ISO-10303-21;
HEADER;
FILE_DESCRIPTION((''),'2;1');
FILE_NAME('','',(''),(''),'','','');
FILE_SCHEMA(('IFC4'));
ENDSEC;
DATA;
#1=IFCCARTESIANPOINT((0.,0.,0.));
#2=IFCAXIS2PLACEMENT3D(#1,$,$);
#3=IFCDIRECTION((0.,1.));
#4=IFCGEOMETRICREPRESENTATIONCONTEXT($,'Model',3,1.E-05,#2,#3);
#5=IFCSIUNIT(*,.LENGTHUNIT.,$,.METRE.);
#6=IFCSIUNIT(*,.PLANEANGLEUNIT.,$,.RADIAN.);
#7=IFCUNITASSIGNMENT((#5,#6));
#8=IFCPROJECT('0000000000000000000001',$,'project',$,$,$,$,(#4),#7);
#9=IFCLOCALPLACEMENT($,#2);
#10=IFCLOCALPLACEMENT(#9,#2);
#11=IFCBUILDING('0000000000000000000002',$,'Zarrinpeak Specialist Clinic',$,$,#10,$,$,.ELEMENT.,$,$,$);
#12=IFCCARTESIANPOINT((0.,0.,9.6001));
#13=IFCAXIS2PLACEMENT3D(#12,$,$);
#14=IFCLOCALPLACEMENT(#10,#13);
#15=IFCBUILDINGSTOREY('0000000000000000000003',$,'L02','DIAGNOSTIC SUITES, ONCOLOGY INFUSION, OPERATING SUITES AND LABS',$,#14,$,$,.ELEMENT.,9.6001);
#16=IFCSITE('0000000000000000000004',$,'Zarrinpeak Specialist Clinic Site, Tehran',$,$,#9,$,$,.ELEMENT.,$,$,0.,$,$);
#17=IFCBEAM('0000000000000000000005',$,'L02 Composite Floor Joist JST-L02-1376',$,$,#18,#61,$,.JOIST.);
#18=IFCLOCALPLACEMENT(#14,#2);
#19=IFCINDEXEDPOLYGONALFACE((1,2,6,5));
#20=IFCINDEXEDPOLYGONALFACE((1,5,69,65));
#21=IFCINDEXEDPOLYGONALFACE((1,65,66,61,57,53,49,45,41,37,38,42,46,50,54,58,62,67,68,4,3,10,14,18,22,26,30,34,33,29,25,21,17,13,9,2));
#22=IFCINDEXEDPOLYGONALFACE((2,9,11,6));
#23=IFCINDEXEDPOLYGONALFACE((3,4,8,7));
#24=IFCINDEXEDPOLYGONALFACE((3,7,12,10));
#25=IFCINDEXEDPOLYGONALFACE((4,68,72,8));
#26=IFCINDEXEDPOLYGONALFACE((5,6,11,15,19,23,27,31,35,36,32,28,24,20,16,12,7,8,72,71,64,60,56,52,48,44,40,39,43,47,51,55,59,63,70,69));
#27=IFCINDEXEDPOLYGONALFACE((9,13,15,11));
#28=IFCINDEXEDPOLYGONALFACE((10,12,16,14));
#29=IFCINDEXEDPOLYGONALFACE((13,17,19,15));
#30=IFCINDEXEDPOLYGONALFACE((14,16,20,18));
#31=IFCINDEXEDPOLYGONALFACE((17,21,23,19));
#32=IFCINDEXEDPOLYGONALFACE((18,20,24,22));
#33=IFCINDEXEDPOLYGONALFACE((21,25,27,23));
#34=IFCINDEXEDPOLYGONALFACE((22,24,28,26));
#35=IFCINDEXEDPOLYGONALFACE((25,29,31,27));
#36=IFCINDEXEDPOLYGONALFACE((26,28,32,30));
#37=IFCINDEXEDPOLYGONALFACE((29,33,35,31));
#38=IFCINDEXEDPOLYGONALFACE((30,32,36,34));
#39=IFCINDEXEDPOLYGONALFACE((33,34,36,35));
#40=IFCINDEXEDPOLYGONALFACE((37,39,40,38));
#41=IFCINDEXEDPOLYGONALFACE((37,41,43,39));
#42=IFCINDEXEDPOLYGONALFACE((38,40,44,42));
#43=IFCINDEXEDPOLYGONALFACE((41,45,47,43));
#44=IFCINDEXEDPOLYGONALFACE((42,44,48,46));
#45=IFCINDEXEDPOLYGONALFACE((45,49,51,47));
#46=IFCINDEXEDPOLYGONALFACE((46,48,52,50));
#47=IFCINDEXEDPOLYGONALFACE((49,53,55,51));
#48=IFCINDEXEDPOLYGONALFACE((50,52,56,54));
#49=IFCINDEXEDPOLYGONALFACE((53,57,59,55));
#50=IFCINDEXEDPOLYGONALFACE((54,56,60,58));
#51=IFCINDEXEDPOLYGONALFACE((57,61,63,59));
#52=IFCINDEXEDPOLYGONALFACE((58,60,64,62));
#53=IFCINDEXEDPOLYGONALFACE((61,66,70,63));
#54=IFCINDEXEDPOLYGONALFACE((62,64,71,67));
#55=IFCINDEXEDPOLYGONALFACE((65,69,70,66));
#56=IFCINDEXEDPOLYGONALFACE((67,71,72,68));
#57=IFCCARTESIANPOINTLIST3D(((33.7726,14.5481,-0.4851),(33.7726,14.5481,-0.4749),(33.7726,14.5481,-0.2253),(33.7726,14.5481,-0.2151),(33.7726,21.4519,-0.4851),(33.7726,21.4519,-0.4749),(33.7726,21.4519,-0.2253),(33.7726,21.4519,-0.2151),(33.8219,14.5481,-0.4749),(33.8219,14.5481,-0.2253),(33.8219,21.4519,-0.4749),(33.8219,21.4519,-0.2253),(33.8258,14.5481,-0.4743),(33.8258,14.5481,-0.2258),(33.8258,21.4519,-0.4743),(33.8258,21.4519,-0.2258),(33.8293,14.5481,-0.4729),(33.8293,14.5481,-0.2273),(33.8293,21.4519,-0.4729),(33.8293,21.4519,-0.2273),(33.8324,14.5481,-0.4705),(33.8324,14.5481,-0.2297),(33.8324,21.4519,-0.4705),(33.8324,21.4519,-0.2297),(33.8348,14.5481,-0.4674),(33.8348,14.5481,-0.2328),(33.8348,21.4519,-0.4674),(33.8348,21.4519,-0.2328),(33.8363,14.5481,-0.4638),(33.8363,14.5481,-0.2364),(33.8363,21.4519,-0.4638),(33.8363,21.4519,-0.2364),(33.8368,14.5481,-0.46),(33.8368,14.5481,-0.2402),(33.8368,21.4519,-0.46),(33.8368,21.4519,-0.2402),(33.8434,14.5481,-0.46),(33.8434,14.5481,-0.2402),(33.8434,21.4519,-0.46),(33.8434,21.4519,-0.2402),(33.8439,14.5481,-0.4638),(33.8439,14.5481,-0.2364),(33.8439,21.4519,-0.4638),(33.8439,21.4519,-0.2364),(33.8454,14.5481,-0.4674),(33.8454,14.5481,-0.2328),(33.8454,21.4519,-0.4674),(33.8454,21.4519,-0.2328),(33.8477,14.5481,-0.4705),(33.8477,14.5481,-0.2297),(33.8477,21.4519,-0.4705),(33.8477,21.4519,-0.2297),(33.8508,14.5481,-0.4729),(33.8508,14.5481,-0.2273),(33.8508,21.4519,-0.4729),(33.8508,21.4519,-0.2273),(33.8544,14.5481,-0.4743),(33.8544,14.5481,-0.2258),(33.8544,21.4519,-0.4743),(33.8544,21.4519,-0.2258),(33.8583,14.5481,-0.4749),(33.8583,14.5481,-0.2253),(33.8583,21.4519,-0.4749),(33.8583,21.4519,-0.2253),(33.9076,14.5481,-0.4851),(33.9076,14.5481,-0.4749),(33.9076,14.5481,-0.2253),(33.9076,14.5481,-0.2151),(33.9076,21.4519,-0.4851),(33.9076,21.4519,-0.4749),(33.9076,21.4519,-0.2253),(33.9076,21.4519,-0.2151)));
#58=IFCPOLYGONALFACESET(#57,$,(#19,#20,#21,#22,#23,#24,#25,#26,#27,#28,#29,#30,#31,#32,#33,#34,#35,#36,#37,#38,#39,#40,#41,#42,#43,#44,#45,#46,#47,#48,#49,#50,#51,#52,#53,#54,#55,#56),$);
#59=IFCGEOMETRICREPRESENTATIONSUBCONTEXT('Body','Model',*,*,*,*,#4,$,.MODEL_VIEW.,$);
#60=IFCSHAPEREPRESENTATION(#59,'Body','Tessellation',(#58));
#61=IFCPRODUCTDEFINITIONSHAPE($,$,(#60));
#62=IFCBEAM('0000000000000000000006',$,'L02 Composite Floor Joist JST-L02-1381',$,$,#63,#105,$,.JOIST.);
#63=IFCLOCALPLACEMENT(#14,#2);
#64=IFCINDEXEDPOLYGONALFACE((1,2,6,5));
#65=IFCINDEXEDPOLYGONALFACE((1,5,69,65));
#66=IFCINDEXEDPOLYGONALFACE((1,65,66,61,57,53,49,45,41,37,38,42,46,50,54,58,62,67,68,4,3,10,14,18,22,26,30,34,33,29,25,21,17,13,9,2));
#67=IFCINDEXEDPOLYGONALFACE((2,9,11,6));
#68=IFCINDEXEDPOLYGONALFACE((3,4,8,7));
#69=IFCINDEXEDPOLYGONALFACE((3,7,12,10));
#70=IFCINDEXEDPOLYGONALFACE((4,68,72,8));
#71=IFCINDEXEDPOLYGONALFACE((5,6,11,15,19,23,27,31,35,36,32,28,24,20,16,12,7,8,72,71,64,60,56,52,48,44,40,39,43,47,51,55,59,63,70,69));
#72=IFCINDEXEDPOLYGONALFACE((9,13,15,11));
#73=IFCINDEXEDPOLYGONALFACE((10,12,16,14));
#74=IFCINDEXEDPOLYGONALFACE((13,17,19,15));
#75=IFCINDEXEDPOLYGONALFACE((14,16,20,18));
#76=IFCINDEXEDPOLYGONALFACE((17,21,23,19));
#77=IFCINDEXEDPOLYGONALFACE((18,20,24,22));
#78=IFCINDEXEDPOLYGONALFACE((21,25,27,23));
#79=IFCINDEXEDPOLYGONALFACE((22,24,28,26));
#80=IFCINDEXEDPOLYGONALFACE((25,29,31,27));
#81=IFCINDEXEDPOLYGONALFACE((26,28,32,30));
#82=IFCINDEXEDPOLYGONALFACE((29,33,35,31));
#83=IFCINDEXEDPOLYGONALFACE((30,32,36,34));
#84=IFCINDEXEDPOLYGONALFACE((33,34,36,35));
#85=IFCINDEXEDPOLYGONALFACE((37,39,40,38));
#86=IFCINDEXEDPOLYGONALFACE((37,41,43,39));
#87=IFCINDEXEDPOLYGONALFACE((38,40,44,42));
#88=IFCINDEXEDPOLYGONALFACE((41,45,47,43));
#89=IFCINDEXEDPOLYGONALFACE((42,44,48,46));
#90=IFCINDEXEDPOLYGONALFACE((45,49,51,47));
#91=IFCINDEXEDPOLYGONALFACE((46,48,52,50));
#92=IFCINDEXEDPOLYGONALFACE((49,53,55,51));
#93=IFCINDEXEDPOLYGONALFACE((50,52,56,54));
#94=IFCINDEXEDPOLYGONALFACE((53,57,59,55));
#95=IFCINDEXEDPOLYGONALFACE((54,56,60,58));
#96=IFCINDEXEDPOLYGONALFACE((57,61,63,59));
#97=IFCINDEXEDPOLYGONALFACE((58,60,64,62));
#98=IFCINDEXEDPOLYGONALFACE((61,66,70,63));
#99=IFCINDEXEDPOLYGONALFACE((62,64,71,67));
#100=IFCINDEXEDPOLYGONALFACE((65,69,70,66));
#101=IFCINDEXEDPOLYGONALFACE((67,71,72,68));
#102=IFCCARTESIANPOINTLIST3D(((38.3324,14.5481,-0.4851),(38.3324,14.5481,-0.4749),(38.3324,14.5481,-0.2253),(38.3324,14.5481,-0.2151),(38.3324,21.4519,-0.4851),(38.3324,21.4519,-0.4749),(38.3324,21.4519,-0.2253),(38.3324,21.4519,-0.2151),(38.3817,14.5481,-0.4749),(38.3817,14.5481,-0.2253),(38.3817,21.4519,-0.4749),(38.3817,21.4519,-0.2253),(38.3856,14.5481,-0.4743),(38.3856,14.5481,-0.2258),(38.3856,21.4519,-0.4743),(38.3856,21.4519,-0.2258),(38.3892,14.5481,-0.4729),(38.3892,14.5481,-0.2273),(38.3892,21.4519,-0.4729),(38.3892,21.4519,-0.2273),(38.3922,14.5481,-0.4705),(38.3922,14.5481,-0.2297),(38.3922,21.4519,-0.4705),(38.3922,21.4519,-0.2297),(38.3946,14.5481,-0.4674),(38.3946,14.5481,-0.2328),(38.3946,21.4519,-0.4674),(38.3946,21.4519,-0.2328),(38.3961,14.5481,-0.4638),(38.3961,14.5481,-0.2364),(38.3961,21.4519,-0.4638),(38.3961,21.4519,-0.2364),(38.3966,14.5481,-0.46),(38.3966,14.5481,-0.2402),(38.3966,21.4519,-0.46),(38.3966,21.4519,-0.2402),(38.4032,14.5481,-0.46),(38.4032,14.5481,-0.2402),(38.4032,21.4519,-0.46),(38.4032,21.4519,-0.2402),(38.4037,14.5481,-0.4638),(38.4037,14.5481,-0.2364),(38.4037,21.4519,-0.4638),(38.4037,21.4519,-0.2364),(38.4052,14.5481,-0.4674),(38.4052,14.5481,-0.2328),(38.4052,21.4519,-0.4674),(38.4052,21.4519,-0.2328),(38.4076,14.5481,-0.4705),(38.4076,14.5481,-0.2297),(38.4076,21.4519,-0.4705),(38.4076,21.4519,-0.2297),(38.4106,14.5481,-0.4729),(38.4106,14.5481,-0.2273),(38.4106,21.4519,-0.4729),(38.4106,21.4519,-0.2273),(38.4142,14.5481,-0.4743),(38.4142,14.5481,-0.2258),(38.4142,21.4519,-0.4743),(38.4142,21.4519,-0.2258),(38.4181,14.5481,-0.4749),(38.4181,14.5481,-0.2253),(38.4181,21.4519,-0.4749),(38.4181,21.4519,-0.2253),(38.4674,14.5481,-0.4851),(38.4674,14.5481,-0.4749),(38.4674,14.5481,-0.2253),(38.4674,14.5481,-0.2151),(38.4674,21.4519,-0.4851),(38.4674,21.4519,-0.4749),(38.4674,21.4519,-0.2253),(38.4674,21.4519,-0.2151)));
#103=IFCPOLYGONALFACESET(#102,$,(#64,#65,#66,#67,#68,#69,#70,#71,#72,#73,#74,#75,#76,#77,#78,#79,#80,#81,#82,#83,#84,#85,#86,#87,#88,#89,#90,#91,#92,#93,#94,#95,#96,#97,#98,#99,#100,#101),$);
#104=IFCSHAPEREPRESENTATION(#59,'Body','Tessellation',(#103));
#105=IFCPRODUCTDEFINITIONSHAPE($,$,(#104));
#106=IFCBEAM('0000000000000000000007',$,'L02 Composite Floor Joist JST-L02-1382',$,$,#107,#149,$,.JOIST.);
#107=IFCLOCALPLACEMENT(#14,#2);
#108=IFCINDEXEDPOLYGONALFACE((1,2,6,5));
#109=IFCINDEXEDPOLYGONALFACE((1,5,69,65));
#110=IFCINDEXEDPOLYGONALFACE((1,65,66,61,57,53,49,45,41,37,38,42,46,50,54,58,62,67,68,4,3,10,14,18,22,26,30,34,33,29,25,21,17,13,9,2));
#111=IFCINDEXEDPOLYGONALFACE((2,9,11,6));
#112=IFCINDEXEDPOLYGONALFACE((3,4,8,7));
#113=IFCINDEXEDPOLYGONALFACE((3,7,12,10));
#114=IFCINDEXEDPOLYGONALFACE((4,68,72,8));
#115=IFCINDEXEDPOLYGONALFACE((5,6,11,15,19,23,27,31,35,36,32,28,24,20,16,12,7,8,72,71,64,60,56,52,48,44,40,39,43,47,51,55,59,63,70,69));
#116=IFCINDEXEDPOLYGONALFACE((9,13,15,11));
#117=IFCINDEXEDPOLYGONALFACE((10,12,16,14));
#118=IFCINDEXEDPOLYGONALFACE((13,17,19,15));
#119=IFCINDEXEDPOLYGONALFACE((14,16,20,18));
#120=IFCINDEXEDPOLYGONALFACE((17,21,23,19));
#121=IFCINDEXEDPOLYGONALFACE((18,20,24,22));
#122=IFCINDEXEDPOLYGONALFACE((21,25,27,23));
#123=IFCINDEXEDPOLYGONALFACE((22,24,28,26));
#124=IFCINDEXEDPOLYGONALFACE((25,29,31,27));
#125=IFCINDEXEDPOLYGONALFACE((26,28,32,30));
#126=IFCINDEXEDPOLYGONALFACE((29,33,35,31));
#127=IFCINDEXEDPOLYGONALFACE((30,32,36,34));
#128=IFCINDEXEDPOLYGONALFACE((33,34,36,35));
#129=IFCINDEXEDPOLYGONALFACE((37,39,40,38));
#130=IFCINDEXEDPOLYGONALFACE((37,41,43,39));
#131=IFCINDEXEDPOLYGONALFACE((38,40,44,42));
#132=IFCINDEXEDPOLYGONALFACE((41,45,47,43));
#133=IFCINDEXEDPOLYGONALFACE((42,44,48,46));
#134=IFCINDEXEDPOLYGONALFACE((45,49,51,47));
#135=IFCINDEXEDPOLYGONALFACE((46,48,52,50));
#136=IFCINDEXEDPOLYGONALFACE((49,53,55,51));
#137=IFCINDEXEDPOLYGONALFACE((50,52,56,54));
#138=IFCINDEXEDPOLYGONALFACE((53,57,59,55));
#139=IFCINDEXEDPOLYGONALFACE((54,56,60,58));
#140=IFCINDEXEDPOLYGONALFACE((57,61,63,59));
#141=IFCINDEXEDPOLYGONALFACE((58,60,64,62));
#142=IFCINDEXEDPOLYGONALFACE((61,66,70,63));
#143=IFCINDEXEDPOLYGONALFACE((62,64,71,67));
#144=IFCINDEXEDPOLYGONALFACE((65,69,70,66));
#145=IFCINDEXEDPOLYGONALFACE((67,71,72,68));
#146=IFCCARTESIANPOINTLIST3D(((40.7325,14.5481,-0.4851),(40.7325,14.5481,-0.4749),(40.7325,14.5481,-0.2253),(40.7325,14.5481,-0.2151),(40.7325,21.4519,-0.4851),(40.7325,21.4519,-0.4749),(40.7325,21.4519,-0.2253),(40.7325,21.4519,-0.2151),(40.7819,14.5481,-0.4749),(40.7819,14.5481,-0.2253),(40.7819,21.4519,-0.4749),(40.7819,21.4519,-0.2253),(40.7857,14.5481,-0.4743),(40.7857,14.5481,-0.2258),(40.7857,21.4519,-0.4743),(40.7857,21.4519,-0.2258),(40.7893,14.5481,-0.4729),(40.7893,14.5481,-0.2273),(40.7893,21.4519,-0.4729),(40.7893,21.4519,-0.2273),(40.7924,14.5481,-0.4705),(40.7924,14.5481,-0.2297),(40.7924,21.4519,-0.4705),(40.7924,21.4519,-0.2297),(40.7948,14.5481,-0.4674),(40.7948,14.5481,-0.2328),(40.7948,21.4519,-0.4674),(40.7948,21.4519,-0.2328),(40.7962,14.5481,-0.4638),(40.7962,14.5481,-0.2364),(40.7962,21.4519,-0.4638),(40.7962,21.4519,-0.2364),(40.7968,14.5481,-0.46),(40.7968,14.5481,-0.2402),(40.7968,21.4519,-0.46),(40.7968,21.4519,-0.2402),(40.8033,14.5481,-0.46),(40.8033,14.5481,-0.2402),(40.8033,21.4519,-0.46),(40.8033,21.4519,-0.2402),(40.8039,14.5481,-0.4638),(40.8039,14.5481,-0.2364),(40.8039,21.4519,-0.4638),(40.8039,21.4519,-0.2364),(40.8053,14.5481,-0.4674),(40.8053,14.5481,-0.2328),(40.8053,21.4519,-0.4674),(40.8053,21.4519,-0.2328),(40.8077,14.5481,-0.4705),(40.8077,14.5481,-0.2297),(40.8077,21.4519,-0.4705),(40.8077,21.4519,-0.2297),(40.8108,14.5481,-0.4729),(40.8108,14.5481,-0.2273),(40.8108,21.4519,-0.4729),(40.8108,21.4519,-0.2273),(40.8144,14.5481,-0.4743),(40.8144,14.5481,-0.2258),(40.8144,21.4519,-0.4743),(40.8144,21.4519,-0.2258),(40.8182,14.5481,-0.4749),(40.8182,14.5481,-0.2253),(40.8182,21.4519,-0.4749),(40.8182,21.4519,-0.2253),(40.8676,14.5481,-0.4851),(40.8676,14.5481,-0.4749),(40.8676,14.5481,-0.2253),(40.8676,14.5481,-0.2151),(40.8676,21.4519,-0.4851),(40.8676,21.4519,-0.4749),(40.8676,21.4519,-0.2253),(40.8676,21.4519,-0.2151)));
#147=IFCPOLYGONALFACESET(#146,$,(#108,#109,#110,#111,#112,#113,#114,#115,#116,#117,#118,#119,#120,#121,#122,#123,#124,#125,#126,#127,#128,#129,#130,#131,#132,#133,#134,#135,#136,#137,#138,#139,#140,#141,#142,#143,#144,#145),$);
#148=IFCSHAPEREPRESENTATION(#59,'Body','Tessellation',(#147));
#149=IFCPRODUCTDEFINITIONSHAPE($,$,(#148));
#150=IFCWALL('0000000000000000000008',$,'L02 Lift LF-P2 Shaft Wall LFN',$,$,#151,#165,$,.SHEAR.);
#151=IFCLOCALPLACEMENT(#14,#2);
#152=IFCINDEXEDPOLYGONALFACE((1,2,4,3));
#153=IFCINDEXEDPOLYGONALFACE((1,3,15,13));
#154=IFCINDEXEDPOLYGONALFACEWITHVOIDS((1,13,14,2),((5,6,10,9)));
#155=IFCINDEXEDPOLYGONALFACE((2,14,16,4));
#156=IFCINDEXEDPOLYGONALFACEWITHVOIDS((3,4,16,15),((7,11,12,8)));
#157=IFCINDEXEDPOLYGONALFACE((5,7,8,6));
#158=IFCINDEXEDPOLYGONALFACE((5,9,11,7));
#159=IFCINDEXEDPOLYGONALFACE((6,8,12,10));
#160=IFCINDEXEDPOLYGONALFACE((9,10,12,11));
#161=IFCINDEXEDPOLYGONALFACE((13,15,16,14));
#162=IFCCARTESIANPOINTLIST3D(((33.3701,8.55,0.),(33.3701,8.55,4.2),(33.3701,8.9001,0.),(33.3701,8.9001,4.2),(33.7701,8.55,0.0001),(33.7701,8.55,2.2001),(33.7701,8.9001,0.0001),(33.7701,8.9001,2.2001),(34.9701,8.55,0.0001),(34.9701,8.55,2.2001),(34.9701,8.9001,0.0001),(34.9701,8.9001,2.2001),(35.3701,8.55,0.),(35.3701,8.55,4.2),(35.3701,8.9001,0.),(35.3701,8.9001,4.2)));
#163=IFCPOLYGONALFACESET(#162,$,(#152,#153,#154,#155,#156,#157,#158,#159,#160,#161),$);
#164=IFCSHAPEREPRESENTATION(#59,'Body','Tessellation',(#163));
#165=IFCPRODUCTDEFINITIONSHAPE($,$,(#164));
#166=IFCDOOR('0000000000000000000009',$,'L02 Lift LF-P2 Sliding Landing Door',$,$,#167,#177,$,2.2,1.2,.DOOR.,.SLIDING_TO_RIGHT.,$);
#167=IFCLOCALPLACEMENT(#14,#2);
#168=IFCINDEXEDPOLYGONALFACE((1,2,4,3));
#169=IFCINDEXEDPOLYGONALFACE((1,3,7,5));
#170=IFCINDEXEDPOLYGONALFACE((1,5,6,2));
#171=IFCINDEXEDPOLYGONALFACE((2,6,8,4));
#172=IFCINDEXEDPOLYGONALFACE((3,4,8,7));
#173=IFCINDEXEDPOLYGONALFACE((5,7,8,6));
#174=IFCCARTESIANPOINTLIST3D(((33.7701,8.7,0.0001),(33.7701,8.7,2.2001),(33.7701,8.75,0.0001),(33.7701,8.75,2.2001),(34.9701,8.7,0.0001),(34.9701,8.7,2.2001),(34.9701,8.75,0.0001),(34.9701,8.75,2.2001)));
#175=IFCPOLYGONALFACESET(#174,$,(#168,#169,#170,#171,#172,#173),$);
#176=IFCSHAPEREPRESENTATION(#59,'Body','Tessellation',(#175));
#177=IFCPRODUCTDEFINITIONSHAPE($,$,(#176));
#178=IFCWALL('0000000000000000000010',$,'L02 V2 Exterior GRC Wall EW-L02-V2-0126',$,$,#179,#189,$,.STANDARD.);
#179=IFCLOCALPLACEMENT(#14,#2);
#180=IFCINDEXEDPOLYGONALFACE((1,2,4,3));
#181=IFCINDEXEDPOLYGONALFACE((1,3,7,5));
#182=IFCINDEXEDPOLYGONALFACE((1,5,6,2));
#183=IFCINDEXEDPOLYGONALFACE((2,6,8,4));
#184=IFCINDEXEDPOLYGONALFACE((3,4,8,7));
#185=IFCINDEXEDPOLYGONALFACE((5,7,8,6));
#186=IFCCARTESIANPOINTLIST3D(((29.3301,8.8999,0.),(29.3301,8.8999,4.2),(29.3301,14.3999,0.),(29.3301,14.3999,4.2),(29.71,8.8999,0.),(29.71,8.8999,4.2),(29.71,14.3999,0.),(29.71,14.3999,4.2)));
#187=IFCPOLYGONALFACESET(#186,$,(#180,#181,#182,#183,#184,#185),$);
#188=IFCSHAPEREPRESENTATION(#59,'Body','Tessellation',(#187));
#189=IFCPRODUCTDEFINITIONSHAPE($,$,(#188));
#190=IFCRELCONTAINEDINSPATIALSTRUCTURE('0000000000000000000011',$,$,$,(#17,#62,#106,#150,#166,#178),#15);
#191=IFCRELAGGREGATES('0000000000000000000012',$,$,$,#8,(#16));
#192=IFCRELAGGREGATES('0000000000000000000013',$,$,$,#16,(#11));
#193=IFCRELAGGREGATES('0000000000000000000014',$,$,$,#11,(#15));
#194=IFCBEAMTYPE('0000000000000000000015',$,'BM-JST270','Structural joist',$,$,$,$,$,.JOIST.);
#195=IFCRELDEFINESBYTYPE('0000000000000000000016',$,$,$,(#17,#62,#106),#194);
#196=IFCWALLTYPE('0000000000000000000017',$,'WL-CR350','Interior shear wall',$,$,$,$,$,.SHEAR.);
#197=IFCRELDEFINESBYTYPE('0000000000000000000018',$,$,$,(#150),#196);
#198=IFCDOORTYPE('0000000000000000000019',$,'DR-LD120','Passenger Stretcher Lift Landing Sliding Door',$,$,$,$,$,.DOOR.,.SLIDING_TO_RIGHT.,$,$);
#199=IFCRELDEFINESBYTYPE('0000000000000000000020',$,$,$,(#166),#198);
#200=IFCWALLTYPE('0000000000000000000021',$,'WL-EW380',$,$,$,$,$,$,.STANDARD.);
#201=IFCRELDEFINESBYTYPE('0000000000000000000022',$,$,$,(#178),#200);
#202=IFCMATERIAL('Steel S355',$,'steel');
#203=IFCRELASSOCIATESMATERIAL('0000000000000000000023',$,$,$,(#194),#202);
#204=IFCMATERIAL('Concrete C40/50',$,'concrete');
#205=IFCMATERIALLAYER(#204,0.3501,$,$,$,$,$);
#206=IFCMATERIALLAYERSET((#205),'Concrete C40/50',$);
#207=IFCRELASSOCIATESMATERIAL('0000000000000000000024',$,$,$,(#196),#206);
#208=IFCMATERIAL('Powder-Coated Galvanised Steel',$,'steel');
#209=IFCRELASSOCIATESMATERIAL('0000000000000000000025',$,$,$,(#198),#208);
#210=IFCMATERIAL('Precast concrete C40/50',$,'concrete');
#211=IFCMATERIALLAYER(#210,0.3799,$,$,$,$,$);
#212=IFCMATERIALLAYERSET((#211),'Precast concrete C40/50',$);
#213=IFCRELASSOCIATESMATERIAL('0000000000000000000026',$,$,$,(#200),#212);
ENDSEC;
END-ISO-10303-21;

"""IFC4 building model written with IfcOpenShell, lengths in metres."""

from ifc_helpers import new_model, si_unit, direction, frame, frame_2d, origin, origin_2d, place, context, subcontext, project, spatial, rectangle, i_section, extrude, material, layer, layer_set, material_profile, profile_set, type_object, element, fill, save


model = new_model("IFC4")

# Units and contexts
model_context = context("Model", 3, precision=1e-05, world=origin(), true_north=direction((0.0, 1.0)))
body_context = subcontext(model_context, "Body", "Model", "MODEL_VIEW")
ifc_project = project(units=[si_unit("LENGTHUNIT", "METRE"), si_unit("PLANEANGLEUNIT", "RADIAN")], contexts=[model_context])

# Site, building, storey
site_placement = place(None, origin())
site = spatial("IfcSite", under=ifc_project, at=site_placement, Name="Zarrinpeak Specialist Clinic Site, Tehran", CompositionType="ELEMENT", RefElevation=0.0)
building_placement = place(site_placement, origin())
building = spatial("IfcBuilding", under=site, at=building_placement, Name="Zarrinpeak Specialist Clinic", CompositionType="ELEMENT")
storey_placement = place(building_placement, frame((0.0, 0.0, 9.6001)))
storey = spatial("IfcBuildingStorey", under=building, at=storey_placement, Name="L02", Description="DIAGNOSTIC SUITES, ONCOLOGY INFUSION, OPERATING SUITES AND LABS", CompositionType="ELEMENT", Elevation=9.6001)

# Shared definitions
ifc_material_1 = material(Name="Steel S355", Category="steel")

# Beams
ifc_material_profile_1 = material_profile(ifc_material_1, i_section(OverallWidth=0.135, OverallDepth=0.27, WebThickness=0.0066, FlangeThickness=0.0103, FilletRadius=0.0149, at=origin_2d()), Name="IPE 270")
ifc_profile_set_1 = profile_set([ifc_material_profile_1], Name="Steel S355")
beam_type_1 = type_object("IfcBeamType", Name="BM-JST270", Description="Structural joist", PredefinedType="JOIST", material=ifc_profile_set_1)
for number, where, z_axis, x_axis, name in (
    (1, (33.8401, 14.5481, -0.3501), (0.0, 1.0, 0.0), (-1.0, 0.0, 0.0), "L02 Composite Floor Joist JST-L02-1376"),
    (2, (38.3999, 14.5481, -0.3501), (0.0, 1.0, 0.0), (-1.0, 0.0, 0.0), "L02 Composite Floor Joist JST-L02-1381"),
    (3, (40.8, 14.5481, -0.3501), (0.0, 1.0, 0.0), (-1.0, 0.0, 0.0), "L02 Composite Floor Joist JST-L02-1382"),
):
    element("IfcBeam", number, at=place(storey_placement, frame(where, z_axis=z_axis, x_axis=x_axis)), inside=storey, type_object=beam_type_1, Name=name, PredefinedType="JOIST", context=body_context, shape_type="SweptSolid", body=[
        extrude(i_section(OverallWidth=0.135, OverallDepth=0.27, WebThickness=0.0066, FlangeThickness=0.0103, FilletRadius=0.0149, at=origin_2d()), origin(), (0.0, 0.0, 1.0), 6.9038),
    ])

# Wall, opening, door
ifc_material_2 = material(Name="Concrete C40/50", Category="concrete")
ifc_layer_1 = layer(ifc_material_2, 0.3501)
ifc_layer_set_1 = layer_set([ifc_layer_1], Name="Concrete C40/50")
wall_type_1 = type_object("IfcWallType", Name="WL-CR350", Description="Interior shear wall", PredefinedType="SHEAR", material=ifc_layer_set_1)
wall_1_placement = place(storey_placement, frame((33.3701, 8.7251, 0.0), z_axis=(0.0, 0.0, 1.0), x_axis=(1.0, 0.0, 0.0)))
wall_1 = element("IfcWall", 4, at=wall_1_placement, inside=storey, type_object=wall_type_1, Name="L02 Lift LF-P2 Shaft Wall LFN", PredefinedType="SHEAR", context=body_context, shape_type="SweptSolid", body=[
    extrude(rectangle(XDim=2.0, YDim=0.3501, at=frame_2d((1.0, 0.0))), origin(), (0.0, 0.0, 1.0), 4.2),
])
opening_1_placement = place(wall_1_placement, frame((0.3999, 0.0, 0.0)))
opening_1 = element("IfcOpeningElement", 5, at=opening_1_placement, cuts=wall_1, PredefinedType="OPENING", context=body_context, shape_type="SweptSolid", body=[
    extrude(rectangle(XDim=1.2, YDim=2.2, at=frame_2d((0.6001, 1.1001))), frame((0.0, 0.1851, 0.0), z_axis=(0.0, -1.0, 0.0), x_axis=(1.0, 0.0, 0.0)), (0.0, 0.0, 1.0), 0.3701),
])
ifc_material_3 = material(Name="Powder-Coated Galvanised Steel", Category="steel")
door_type_1 = type_object("IfcDoorType", Name="DR-LD120", Description="Passenger Stretcher Lift Landing Sliding Door", OperationType="SLIDING_TO_RIGHT", PredefinedType="DOOR", material=ifc_material_3)
door_1_placement = place(opening_1_placement, origin())
door_1 = element("IfcDoor", 6, at=door_1_placement, inside=storey, type_object=door_type_1, Name="L02 Lift LF-P2 Sliding Landing Door", OperationType="SLIDING_TO_RIGHT", OverallHeight=2.2, OverallWidth=1.2, PredefinedType="DOOR", context=body_context, shape_type="SweptSolid", body=[
    extrude(rectangle(XDim=1.2, YDim=2.2, at=frame_2d((0.6001, 1.1001))), frame((0.0, 0.0249, 0.0), z_axis=(0.0, -1.0, 0.0), x_axis=(1.0, 0.0, 0.0)), (0.0, 0.0, 1.0), 0.05),
])
fill(opening_1, door_1)

# Wall
ifc_material_4 = material(Name="Precast concrete C40/50", Category="concrete")
ifc_layer_2 = layer(ifc_material_4, 0.3799)
ifc_layer_set_2 = layer_set([ifc_layer_2], Name="Precast concrete C40/50")
wall_type_2 = type_object("IfcWallType", Name="WL-EW380", PredefinedType="STANDARD", material=ifc_layer_set_2)
wall_2_placement = place(storey_placement, frame((29.52, 14.3999, 0.0), z_axis=(0.0, 0.0, 1.0), x_axis=(0.0, -1.0, 0.0)))
element("IfcWall", 7, at=wall_2_placement, inside=storey, type_object=wall_type_2, Name="L02 V2 Exterior GRC Wall EW-L02-V2-0126", PredefinedType="STANDARD", context=body_context, shape_type="SweptSolid", body=[
    extrude(rectangle(XDim=5.5, YDim=0.3799, at=frame_2d((2.75, 0.0))), origin(), (0.0, 0.0, 1.0), 4.2),
])

save(model, "model.ifc")
